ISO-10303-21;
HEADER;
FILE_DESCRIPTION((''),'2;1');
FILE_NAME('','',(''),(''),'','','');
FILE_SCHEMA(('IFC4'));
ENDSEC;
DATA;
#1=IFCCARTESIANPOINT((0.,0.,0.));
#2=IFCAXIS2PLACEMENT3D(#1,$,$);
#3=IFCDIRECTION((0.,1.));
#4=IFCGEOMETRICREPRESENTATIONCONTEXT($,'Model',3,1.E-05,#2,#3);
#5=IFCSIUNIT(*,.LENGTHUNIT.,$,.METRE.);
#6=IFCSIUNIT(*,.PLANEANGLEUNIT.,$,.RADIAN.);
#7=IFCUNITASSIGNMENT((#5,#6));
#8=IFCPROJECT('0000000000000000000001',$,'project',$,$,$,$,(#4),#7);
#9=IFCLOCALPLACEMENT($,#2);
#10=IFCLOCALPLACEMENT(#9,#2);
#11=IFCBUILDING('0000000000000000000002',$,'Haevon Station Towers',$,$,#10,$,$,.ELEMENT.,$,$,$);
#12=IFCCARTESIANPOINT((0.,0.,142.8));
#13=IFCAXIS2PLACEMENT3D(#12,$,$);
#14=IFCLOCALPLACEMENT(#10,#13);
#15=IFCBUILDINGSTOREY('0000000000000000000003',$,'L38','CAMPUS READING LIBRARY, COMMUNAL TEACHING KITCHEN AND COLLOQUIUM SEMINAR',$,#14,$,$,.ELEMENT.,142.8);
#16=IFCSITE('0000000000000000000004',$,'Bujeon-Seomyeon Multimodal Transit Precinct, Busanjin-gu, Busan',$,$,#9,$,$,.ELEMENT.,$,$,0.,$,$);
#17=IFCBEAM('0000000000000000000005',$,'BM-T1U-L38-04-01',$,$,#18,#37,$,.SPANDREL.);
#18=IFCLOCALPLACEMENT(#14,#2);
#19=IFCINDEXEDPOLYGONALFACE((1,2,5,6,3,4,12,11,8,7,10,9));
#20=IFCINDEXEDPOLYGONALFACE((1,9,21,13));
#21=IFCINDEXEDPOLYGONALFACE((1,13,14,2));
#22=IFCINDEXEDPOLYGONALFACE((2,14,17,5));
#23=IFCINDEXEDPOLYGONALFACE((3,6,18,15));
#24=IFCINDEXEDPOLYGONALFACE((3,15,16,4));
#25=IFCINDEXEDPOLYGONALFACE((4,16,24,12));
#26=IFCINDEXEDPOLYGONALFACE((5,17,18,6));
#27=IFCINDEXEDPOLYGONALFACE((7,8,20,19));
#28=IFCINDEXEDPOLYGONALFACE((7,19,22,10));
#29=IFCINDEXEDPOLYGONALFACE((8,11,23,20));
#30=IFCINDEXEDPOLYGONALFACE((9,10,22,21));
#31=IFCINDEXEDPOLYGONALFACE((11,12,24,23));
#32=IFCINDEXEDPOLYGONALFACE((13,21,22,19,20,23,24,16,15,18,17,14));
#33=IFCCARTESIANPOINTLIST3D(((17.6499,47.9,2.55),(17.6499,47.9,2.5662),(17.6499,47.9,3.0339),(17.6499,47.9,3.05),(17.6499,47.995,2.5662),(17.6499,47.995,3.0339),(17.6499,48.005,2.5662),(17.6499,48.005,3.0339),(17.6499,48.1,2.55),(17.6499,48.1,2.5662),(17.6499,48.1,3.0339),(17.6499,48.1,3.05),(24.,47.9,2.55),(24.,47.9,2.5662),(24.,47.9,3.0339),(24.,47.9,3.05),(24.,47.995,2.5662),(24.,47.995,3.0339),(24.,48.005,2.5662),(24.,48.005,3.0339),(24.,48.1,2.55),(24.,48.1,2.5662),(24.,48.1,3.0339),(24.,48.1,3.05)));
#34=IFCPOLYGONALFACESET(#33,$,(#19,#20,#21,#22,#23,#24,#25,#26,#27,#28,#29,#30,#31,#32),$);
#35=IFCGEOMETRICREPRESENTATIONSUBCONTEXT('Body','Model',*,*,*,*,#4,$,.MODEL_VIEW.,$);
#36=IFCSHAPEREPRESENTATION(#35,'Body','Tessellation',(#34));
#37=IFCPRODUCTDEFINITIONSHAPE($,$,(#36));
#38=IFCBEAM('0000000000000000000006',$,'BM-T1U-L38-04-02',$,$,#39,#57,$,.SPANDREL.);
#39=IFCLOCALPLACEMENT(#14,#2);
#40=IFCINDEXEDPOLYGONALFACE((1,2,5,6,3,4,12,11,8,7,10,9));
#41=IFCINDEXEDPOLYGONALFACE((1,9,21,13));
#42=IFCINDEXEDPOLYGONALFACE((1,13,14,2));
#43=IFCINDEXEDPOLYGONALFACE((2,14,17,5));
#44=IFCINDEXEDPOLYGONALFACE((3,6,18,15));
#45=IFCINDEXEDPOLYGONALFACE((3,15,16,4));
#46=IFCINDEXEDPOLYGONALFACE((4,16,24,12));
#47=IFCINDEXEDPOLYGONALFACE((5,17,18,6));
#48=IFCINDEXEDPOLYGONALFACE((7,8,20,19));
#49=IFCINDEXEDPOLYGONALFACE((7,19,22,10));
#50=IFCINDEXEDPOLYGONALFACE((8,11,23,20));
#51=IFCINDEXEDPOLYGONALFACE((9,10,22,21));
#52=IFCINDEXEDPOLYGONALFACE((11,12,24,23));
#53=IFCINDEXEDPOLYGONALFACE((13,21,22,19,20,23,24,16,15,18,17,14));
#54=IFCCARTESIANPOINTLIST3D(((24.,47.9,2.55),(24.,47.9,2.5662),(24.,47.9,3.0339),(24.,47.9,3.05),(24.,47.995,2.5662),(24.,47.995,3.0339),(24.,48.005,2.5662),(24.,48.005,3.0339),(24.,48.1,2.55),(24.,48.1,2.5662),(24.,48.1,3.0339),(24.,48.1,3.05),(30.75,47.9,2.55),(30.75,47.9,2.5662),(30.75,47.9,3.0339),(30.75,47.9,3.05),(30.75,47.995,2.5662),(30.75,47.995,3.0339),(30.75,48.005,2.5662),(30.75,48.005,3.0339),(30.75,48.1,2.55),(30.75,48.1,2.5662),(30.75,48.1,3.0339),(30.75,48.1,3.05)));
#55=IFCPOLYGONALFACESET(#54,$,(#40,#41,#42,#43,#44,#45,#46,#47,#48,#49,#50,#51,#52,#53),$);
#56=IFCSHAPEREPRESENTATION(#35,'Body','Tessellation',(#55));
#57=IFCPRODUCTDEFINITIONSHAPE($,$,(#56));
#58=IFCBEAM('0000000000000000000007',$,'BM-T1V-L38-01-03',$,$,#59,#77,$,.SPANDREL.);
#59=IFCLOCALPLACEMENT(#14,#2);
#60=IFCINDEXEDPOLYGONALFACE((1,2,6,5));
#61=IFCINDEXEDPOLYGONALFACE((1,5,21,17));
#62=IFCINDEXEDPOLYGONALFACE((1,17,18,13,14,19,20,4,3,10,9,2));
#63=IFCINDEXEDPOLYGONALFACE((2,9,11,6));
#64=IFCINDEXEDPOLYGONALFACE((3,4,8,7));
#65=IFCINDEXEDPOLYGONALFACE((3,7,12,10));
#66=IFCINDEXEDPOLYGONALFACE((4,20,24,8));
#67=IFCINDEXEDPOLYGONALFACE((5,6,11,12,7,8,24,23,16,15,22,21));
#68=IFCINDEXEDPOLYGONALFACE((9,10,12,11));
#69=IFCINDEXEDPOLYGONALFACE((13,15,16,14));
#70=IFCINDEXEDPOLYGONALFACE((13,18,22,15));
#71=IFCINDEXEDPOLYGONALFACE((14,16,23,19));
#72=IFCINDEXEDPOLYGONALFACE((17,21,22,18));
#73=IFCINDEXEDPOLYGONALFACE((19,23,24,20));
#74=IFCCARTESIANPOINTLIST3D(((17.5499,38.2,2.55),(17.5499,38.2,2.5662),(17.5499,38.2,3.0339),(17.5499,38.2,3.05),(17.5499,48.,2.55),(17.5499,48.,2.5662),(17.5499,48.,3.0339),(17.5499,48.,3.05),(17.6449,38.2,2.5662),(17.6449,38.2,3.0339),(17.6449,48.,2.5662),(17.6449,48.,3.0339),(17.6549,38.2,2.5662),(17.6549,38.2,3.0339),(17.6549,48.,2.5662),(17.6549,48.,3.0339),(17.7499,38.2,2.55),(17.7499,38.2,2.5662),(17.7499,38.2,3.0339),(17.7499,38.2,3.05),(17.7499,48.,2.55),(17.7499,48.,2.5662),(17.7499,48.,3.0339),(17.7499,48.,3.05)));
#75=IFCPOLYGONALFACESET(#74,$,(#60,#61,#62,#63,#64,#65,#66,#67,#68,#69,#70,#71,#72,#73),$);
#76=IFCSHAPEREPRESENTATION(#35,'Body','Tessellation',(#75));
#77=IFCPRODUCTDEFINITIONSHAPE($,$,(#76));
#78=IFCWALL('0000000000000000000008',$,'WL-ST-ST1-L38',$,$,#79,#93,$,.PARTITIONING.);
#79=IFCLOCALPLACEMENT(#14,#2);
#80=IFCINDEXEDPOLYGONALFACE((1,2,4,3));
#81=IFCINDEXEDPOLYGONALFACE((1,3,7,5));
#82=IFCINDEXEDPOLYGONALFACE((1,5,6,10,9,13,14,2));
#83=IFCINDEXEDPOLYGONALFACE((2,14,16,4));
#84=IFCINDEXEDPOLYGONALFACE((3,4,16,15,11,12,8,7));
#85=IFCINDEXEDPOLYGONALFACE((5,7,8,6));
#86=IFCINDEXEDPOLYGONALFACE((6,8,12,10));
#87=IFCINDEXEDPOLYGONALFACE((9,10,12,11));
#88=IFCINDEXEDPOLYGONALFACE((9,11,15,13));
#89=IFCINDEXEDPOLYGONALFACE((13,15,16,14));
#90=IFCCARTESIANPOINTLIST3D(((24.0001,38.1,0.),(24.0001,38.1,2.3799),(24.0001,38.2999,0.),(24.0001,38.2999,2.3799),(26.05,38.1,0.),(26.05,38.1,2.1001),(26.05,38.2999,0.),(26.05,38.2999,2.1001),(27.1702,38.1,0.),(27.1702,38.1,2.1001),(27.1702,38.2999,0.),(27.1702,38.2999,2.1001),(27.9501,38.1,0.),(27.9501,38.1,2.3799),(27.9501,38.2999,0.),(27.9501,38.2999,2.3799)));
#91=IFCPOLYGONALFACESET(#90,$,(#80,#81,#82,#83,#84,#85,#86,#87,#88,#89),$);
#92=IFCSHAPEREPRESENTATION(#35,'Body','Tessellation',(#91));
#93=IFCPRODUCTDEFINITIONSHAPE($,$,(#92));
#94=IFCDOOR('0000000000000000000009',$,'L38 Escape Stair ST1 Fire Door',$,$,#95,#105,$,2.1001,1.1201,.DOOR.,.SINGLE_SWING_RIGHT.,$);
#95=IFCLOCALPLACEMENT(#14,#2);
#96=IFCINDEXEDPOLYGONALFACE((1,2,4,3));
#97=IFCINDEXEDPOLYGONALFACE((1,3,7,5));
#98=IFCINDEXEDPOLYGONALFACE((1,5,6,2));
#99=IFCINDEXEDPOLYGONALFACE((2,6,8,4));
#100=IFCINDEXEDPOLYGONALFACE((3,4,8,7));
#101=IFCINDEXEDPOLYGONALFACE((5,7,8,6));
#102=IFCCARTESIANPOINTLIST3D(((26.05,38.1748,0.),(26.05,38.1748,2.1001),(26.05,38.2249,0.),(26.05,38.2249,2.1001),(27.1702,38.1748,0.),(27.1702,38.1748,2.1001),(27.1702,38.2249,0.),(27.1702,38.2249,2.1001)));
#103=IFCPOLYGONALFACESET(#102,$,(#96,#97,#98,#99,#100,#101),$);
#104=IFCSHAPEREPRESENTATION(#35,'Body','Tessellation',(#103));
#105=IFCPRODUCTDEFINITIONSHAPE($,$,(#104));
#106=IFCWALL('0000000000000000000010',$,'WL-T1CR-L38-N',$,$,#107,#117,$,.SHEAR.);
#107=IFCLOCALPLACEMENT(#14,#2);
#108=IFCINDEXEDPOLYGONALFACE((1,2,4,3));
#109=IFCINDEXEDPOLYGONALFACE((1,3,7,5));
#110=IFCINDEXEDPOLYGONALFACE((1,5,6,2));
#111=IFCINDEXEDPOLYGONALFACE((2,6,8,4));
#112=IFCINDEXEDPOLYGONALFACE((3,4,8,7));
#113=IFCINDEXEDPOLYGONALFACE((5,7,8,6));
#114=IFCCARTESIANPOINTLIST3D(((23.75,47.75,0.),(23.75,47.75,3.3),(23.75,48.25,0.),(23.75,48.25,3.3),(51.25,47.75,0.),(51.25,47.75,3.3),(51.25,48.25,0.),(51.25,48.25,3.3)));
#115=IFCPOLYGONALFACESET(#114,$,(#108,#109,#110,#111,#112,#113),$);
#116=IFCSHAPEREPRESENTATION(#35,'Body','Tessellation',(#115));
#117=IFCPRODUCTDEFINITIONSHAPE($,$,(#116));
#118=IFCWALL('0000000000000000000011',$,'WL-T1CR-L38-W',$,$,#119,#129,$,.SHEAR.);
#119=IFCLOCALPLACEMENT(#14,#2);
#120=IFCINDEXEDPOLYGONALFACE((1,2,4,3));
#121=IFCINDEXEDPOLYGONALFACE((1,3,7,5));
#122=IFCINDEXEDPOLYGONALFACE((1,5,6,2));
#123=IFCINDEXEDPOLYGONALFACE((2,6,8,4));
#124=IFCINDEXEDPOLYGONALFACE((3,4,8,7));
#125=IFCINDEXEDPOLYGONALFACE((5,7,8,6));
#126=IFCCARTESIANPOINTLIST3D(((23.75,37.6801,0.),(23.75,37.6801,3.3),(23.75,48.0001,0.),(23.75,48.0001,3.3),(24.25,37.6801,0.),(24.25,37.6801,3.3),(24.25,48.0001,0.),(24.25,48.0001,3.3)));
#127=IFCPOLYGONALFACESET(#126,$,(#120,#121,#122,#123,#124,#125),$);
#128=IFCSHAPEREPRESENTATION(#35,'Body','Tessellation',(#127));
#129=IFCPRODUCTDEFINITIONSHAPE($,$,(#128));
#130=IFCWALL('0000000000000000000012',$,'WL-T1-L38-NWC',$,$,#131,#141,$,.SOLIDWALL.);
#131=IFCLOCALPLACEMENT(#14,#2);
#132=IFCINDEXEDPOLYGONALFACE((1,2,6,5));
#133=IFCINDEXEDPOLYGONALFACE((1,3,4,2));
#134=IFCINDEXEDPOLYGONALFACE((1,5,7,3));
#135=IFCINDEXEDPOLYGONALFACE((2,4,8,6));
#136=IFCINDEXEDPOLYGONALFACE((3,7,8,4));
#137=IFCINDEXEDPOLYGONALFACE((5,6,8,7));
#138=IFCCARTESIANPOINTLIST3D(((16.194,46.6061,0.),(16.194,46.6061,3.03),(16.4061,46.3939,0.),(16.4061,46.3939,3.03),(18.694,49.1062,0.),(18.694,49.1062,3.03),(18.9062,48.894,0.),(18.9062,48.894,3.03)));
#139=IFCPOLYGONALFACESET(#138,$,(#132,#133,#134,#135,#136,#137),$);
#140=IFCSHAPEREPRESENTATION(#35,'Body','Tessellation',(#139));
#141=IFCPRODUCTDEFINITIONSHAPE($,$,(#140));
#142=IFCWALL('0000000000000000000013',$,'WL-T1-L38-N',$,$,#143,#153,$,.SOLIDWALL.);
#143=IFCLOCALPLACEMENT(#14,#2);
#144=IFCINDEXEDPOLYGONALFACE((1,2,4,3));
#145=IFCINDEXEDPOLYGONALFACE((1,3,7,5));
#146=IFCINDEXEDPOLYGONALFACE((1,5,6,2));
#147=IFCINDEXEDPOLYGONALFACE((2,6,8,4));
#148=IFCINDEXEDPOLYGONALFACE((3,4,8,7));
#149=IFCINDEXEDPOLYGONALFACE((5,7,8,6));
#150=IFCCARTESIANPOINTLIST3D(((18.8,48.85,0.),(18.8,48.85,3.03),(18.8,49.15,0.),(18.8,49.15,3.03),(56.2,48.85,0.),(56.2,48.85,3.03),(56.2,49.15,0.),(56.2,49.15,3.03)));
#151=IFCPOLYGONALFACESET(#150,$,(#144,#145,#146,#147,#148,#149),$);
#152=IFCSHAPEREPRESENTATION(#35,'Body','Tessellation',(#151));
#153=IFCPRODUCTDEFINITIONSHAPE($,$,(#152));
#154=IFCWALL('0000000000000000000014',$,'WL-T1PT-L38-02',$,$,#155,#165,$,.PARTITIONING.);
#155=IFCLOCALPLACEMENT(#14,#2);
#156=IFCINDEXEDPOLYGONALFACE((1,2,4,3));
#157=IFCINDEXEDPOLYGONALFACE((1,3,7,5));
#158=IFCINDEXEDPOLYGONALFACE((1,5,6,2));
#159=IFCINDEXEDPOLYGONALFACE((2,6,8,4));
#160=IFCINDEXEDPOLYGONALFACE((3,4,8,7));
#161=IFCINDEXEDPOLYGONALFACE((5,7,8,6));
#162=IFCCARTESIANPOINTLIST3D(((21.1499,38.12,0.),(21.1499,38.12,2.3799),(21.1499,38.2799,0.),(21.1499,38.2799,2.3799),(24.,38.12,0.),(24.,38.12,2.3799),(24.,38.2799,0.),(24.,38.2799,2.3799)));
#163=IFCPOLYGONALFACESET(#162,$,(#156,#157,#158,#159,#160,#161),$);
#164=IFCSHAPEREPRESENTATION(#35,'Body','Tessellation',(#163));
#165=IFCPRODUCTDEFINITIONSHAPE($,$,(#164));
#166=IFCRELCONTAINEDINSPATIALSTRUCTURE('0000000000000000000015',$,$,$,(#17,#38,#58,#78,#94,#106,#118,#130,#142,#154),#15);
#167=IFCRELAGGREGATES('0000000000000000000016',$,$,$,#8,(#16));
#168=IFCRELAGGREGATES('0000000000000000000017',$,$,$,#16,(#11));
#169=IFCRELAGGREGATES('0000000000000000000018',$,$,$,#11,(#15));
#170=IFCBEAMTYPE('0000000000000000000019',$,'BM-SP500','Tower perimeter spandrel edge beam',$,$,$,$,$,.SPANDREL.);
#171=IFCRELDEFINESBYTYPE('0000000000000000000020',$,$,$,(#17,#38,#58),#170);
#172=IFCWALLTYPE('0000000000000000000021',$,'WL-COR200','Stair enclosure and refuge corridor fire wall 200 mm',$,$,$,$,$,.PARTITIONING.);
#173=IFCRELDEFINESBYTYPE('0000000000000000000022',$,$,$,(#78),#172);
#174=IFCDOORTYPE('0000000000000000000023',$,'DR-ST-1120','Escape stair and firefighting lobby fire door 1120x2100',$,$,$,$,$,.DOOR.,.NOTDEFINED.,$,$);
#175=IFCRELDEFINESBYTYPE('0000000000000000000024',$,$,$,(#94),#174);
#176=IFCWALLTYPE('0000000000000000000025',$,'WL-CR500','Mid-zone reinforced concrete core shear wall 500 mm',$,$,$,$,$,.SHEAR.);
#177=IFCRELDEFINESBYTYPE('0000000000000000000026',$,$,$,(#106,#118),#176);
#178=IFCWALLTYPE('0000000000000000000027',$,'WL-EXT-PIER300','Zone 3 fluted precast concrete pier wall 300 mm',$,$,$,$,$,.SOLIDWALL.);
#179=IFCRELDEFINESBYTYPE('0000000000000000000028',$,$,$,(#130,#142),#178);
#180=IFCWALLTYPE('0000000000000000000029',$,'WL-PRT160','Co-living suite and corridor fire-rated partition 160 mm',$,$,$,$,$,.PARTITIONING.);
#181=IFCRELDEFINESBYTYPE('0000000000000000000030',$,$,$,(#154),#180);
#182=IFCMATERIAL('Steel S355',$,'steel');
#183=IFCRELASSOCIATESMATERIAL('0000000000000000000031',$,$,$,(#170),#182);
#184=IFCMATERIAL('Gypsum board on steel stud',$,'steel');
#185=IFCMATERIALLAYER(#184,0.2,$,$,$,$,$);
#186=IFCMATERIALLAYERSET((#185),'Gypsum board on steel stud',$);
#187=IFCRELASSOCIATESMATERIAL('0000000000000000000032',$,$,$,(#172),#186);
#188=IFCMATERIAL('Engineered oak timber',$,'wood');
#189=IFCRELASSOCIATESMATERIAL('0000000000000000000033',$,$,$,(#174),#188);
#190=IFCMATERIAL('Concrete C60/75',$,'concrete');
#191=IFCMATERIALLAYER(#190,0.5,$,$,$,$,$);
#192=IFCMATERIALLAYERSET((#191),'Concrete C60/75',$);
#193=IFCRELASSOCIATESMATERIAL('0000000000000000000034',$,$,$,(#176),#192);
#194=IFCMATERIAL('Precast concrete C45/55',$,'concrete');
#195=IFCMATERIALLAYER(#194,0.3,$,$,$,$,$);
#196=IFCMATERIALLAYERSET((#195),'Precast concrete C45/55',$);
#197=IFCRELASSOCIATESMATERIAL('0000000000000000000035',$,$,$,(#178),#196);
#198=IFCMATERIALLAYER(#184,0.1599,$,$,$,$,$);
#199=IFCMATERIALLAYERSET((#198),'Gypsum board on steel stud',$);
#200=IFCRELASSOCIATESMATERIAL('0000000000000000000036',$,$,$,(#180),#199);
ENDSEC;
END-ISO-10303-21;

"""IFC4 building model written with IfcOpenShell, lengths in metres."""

from ifc_helpers import new_model, si_unit, direction, frame, frame_2d, origin, origin_2d, place, context, subcontext, project, spatial, rectangle, i_section, extrude, material, layer, layer_set, material_profile, profile_set, type_object, element, fill, save


model = new_model("IFC4")

# Units and contexts
model_context = context("Model", 3, precision=1e-05, world=origin(), true_north=direction((0.0, 1.0)))
body_context = subcontext(model_context, "Body", "Model", "MODEL_VIEW")
ifc_project = project(units=[si_unit("LENGTHUNIT", "METRE"), si_unit("PLANEANGLEUNIT", "RADIAN")], contexts=[model_context])

# Site, building, storey
site_placement = place(None, origin())
site = spatial("IfcSite", under=ifc_project, at=site_placement, Name="Bujeon-Seomyeon Multimodal Transit Precinct, Busanjin-gu, Busan", CompositionType="ELEMENT", RefElevation=0.0)
building_placement = place(site_placement, origin())
building = spatial("IfcBuilding", under=site, at=building_placement, Name="Haevon Station Towers", CompositionType="ELEMENT")
storey_placement = place(building_placement, frame((0.0, 0.0, 142.8)))
storey = spatial("IfcBuildingStorey", under=building, at=storey_placement, Name="L38", Description="CAMPUS READING LIBRARY, COMMUNAL TEACHING KITCHEN AND COLLOQUIUM SEMINAR", CompositionType="ELEMENT", Elevation=142.8)

# Shared definitions
ifc_material_1 = material(Name="Steel S355", Category="steel")

# Beams
ifc_material_profile_1 = material_profile(ifc_material_1, i_section(OverallWidth=0.2, OverallDepth=0.5, WebThickness=0.01, FlangeThickness=0.0161, at=origin_2d()), Name="H-500x200x10x16")
ifc_profile_set_1 = profile_set([ifc_material_profile_1], Name="Steel S355")
beam_type_1 = type_object("IfcBeamType", Name="BM-SP500", Description="Tower perimeter spandrel edge beam", PredefinedType="SPANDREL", material=ifc_profile_set_1)
beam_1_placement = place(storey_placement, frame((17.6499, 48.0, 2.8), z_axis=(1.0, 0.0, 0.0), x_axis=(0.0, 1.0, 0.0)))
element("IfcBeam", 1, at=beam_1_placement, inside=storey, type_object=beam_type_1, Name="BM-T1U-L38-04-01", PredefinedType="SPANDREL", context=body_context, shape_type="SweptSolid", body=[
    extrude(i_section(OverallWidth=0.2, OverallDepth=0.5, WebThickness=0.01, FlangeThickness=0.0161, at=origin_2d()), origin(), (0.0, 0.0, 1.0), 6.3501),
])
beam_2_placement = place(storey_placement, frame((24.0, 48.0, 2.8), z_axis=(1.0, 0.0, 0.0), x_axis=(0.0, 1.0, 0.0)))
element("IfcBeam", 2, at=beam_2_placement, inside=storey, type_object=beam_type_1, Name="BM-T1U-L38-04-02", PredefinedType="SPANDREL", context=body_context, shape_type="SweptSolid", body=[
    extrude(i_section(OverallWidth=0.2, OverallDepth=0.5, WebThickness=0.01, FlangeThickness=0.0161, at=origin_2d()), origin(), (0.0, 0.0, 1.0), 6.75),
])
beam_3_placement = place(storey_placement, frame((17.6499, 38.2, 2.8), z_axis=(0.0, 1.0, 0.0), x_axis=(-1.0, 0.0, 0.0)))
element("IfcBeam", 3, at=beam_3_placement, inside=storey, type_object=beam_type_1, Name="BM-T1V-L38-01-03", PredefinedType="SPANDREL", context=body_context, shape_type="SweptSolid", body=[
    extrude(i_section(OverallWidth=0.2, OverallDepth=0.5, WebThickness=0.01, FlangeThickness=0.0161, at=origin_2d()), origin(), (0.0, 0.0, 1.0), 9.8),
])

# Wall, opening, door
ifc_material_2 = material(Name="Gypsum board on steel stud", Category="steel")
ifc_layer_1 = layer(ifc_material_2, 0.2)
ifc_layer_set_1 = layer_set([ifc_layer_1], Name="Gypsum board on steel stud")
wall_type_1 = type_object("IfcWallType", Name="WL-COR200", Description="Stair enclosure and refuge corridor fire wall 200 mm", PredefinedType="PARTITIONING", material=ifc_layer_set_1)
wall_1_placement = place(storey_placement, frame((24.0, 38.2, 0.0), z_axis=(0.0, 0.0, 1.0), x_axis=(1.0, 0.0, 0.0)))
wall_1 = element("IfcWall", 4, at=wall_1_placement, inside=storey, type_object=wall_type_1, Name="WL-ST-ST1-L38", PredefinedType="PARTITIONING", context=body_context, shape_type="SweptSolid", body=[
    extrude(rectangle(XDim=3.95, YDim=0.2, at=frame_2d((1.9751, 0.0))), origin(), (0.0, 0.0, 1.0), 2.3799),
])
opening_placement = place(wall_1_placement, frame((2.05, 0.0, 0.0)))
opening = element("IfcOpeningElement", 5, at=opening_placement, cuts=wall_1, PredefinedType="OPENING", context=body_context, shape_type="SweptSolid", body=[
    extrude(rectangle(XDim=1.1201, YDim=2.1001, at=frame_2d((0.5601, 1.05))), frame((0.0, 0.1099, 0.0), z_axis=(0.0, -1.0, 0.0), x_axis=(1.0, 0.0, 0.0)), (0.0, 0.0, 1.0), 0.22),
])
ifc_material_3 = material(Name="Engineered oak timber", Category="wood")
door_type = type_object("IfcDoorType", Name="DR-ST-1120", Description="Escape stair and firefighting lobby fire door 1120x2100", OperationType="NOTDEFINED", PredefinedType="DOOR", material=ifc_material_3)
door_placement = place(opening_placement, origin())
door = element("IfcDoor", 6, at=door_placement, inside=storey, type_object=door_type, Name="L38 Escape Stair ST1 Fire Door", OperationType="SINGLE_SWING_RIGHT", OverallHeight=2.1001, OverallWidth=1.1201, PredefinedType="DOOR", context=body_context, shape_type="SweptSolid", body=[
    extrude(rectangle(XDim=1.1201, YDim=2.1001, at=frame_2d((0.5601, 1.05))), frame((0.0, 0.0249, 0.0), z_axis=(0.0, -1.0, 0.0), x_axis=(1.0, 0.0, 0.0)), (0.0, 0.0, 1.0), 0.05),
])
fill(opening, door)

# Walls
ifc_material_4 = material(Name="Concrete C60/75", Category="concrete")
ifc_layer_2 = layer(ifc_material_4, 0.5)
ifc_layer_set_2 = layer_set([ifc_layer_2], Name="Concrete C60/75")
wall_type_2 = type_object("IfcWallType", Name="WL-CR500", Description="Mid-zone reinforced concrete core shear wall 500 mm", PredefinedType="SHEAR", material=ifc_layer_set_2)
wall_2_placement = place(storey_placement, frame((23.75, 48.0, 0.0), z_axis=(0.0, 0.0, 1.0), x_axis=(1.0, 0.0, 0.0)))
element("IfcWall", 7, at=wall_2_placement, inside=storey, type_object=wall_type_2, Name="WL-T1CR-L38-N", PredefinedType="SHEAR", context=body_context, shape_type="SweptSolid", body=[
    extrude(rectangle(XDim=27.5, YDim=0.5, at=frame_2d((13.75, 0.0))), origin(), (0.0, 0.0, 1.0), 3.3),
])
wall_3_placement = place(storey_placement, frame((24.0, 37.6799, 0.0), z_axis=(0.0, 0.0, 1.0), x_axis=(0.0, 1.0, 0.0)))
element("IfcWall", 8, at=wall_3_placement, inside=storey, type_object=wall_type_2, Name="WL-T1CR-L38-W", PredefinedType="SHEAR", context=body_context, shape_type="SweptSolid", body=[
    extrude(rectangle(XDim=10.3201, YDim=0.5, at=frame_2d((5.1602, 0.0))), origin(), (0.0, 0.0, 1.0), 3.3),
])
ifc_material_5 = material(Name="Precast concrete C45/55", Category="concrete")
ifc_layer_3 = layer(ifc_material_5, 0.3)
ifc_layer_set_3 = layer_set([ifc_layer_3], Name="Precast concrete C45/55")
wall_type_3 = type_object("IfcWallType", Name="WL-EXT-PIER300", Description="Zone 3 fluted precast concrete pier wall 300 mm", PredefinedType="SOLIDWALL", material=ifc_layer_set_3)
wall_4_placement = place(storey_placement, frame((16.3, 46.5, 0.0), z_axis=(0.0, 0.0, 1.0), x_axis=(0.707107, 0.707107, 0.0)))
element("IfcWall", 9, at=wall_4_placement, inside=storey, type_object=wall_type_3, Name="WL-T1-L38-NWC", PredefinedType="SOLIDWALL", context=body_context, shape_type="SweptSolid", body=[
    extrude(rectangle(XDim=3.5356, YDim=0.3, at=frame_2d((1.7678, 0.0))), origin(), (0.0, 0.0, 1.0), 3.03),
])
wall_5_placement = place(storey_placement, frame((18.8, 49.0, 0.0), z_axis=(0.0, 0.0, 1.0), x_axis=(1.0, 0.0, 0.0)))
element("IfcWall", 10, at=wall_5_placement, inside=storey, type_object=wall_type_3, Name="WL-T1-L38-N", PredefinedType="SOLIDWALL", context=body_context, shape_type="SweptSolid", body=[
    extrude(rectangle(XDim=37.3999, YDim=0.3, at=frame_2d((18.7, 0.0))), origin(), (0.0, 0.0, 1.0), 3.03),
])
ifc_layer_4 = layer(ifc_material_2, 0.1599)
ifc_layer_set_4 = layer_set([ifc_layer_4], Name="Gypsum board on steel stud")
wall_type_4 = type_object("IfcWallType", Name="WL-PRT160", Description="Co-living suite and corridor fire-rated partition 160 mm", PredefinedType="PARTITIONING", material=ifc_layer_set_4)
wall_6_placement = place(storey_placement, frame((21.1499, 38.2, 0.0), z_axis=(0.0, 0.0, 1.0), x_axis=(1.0, 0.0, 0.0)))
element("IfcWall", 11, at=wall_6_placement, inside=storey, type_object=wall_type_4, Name="WL-T1PT-L38-02", PredefinedType="PARTITIONING", context=body_context, shape_type="SweptSolid", body=[
    extrude(rectangle(XDim=2.8501, YDim=0.1599, at=frame_2d((1.425, 0.0))), origin(), (0.0, 0.0, 1.0), 2.3799),
])

save(model, "model.ifc")
